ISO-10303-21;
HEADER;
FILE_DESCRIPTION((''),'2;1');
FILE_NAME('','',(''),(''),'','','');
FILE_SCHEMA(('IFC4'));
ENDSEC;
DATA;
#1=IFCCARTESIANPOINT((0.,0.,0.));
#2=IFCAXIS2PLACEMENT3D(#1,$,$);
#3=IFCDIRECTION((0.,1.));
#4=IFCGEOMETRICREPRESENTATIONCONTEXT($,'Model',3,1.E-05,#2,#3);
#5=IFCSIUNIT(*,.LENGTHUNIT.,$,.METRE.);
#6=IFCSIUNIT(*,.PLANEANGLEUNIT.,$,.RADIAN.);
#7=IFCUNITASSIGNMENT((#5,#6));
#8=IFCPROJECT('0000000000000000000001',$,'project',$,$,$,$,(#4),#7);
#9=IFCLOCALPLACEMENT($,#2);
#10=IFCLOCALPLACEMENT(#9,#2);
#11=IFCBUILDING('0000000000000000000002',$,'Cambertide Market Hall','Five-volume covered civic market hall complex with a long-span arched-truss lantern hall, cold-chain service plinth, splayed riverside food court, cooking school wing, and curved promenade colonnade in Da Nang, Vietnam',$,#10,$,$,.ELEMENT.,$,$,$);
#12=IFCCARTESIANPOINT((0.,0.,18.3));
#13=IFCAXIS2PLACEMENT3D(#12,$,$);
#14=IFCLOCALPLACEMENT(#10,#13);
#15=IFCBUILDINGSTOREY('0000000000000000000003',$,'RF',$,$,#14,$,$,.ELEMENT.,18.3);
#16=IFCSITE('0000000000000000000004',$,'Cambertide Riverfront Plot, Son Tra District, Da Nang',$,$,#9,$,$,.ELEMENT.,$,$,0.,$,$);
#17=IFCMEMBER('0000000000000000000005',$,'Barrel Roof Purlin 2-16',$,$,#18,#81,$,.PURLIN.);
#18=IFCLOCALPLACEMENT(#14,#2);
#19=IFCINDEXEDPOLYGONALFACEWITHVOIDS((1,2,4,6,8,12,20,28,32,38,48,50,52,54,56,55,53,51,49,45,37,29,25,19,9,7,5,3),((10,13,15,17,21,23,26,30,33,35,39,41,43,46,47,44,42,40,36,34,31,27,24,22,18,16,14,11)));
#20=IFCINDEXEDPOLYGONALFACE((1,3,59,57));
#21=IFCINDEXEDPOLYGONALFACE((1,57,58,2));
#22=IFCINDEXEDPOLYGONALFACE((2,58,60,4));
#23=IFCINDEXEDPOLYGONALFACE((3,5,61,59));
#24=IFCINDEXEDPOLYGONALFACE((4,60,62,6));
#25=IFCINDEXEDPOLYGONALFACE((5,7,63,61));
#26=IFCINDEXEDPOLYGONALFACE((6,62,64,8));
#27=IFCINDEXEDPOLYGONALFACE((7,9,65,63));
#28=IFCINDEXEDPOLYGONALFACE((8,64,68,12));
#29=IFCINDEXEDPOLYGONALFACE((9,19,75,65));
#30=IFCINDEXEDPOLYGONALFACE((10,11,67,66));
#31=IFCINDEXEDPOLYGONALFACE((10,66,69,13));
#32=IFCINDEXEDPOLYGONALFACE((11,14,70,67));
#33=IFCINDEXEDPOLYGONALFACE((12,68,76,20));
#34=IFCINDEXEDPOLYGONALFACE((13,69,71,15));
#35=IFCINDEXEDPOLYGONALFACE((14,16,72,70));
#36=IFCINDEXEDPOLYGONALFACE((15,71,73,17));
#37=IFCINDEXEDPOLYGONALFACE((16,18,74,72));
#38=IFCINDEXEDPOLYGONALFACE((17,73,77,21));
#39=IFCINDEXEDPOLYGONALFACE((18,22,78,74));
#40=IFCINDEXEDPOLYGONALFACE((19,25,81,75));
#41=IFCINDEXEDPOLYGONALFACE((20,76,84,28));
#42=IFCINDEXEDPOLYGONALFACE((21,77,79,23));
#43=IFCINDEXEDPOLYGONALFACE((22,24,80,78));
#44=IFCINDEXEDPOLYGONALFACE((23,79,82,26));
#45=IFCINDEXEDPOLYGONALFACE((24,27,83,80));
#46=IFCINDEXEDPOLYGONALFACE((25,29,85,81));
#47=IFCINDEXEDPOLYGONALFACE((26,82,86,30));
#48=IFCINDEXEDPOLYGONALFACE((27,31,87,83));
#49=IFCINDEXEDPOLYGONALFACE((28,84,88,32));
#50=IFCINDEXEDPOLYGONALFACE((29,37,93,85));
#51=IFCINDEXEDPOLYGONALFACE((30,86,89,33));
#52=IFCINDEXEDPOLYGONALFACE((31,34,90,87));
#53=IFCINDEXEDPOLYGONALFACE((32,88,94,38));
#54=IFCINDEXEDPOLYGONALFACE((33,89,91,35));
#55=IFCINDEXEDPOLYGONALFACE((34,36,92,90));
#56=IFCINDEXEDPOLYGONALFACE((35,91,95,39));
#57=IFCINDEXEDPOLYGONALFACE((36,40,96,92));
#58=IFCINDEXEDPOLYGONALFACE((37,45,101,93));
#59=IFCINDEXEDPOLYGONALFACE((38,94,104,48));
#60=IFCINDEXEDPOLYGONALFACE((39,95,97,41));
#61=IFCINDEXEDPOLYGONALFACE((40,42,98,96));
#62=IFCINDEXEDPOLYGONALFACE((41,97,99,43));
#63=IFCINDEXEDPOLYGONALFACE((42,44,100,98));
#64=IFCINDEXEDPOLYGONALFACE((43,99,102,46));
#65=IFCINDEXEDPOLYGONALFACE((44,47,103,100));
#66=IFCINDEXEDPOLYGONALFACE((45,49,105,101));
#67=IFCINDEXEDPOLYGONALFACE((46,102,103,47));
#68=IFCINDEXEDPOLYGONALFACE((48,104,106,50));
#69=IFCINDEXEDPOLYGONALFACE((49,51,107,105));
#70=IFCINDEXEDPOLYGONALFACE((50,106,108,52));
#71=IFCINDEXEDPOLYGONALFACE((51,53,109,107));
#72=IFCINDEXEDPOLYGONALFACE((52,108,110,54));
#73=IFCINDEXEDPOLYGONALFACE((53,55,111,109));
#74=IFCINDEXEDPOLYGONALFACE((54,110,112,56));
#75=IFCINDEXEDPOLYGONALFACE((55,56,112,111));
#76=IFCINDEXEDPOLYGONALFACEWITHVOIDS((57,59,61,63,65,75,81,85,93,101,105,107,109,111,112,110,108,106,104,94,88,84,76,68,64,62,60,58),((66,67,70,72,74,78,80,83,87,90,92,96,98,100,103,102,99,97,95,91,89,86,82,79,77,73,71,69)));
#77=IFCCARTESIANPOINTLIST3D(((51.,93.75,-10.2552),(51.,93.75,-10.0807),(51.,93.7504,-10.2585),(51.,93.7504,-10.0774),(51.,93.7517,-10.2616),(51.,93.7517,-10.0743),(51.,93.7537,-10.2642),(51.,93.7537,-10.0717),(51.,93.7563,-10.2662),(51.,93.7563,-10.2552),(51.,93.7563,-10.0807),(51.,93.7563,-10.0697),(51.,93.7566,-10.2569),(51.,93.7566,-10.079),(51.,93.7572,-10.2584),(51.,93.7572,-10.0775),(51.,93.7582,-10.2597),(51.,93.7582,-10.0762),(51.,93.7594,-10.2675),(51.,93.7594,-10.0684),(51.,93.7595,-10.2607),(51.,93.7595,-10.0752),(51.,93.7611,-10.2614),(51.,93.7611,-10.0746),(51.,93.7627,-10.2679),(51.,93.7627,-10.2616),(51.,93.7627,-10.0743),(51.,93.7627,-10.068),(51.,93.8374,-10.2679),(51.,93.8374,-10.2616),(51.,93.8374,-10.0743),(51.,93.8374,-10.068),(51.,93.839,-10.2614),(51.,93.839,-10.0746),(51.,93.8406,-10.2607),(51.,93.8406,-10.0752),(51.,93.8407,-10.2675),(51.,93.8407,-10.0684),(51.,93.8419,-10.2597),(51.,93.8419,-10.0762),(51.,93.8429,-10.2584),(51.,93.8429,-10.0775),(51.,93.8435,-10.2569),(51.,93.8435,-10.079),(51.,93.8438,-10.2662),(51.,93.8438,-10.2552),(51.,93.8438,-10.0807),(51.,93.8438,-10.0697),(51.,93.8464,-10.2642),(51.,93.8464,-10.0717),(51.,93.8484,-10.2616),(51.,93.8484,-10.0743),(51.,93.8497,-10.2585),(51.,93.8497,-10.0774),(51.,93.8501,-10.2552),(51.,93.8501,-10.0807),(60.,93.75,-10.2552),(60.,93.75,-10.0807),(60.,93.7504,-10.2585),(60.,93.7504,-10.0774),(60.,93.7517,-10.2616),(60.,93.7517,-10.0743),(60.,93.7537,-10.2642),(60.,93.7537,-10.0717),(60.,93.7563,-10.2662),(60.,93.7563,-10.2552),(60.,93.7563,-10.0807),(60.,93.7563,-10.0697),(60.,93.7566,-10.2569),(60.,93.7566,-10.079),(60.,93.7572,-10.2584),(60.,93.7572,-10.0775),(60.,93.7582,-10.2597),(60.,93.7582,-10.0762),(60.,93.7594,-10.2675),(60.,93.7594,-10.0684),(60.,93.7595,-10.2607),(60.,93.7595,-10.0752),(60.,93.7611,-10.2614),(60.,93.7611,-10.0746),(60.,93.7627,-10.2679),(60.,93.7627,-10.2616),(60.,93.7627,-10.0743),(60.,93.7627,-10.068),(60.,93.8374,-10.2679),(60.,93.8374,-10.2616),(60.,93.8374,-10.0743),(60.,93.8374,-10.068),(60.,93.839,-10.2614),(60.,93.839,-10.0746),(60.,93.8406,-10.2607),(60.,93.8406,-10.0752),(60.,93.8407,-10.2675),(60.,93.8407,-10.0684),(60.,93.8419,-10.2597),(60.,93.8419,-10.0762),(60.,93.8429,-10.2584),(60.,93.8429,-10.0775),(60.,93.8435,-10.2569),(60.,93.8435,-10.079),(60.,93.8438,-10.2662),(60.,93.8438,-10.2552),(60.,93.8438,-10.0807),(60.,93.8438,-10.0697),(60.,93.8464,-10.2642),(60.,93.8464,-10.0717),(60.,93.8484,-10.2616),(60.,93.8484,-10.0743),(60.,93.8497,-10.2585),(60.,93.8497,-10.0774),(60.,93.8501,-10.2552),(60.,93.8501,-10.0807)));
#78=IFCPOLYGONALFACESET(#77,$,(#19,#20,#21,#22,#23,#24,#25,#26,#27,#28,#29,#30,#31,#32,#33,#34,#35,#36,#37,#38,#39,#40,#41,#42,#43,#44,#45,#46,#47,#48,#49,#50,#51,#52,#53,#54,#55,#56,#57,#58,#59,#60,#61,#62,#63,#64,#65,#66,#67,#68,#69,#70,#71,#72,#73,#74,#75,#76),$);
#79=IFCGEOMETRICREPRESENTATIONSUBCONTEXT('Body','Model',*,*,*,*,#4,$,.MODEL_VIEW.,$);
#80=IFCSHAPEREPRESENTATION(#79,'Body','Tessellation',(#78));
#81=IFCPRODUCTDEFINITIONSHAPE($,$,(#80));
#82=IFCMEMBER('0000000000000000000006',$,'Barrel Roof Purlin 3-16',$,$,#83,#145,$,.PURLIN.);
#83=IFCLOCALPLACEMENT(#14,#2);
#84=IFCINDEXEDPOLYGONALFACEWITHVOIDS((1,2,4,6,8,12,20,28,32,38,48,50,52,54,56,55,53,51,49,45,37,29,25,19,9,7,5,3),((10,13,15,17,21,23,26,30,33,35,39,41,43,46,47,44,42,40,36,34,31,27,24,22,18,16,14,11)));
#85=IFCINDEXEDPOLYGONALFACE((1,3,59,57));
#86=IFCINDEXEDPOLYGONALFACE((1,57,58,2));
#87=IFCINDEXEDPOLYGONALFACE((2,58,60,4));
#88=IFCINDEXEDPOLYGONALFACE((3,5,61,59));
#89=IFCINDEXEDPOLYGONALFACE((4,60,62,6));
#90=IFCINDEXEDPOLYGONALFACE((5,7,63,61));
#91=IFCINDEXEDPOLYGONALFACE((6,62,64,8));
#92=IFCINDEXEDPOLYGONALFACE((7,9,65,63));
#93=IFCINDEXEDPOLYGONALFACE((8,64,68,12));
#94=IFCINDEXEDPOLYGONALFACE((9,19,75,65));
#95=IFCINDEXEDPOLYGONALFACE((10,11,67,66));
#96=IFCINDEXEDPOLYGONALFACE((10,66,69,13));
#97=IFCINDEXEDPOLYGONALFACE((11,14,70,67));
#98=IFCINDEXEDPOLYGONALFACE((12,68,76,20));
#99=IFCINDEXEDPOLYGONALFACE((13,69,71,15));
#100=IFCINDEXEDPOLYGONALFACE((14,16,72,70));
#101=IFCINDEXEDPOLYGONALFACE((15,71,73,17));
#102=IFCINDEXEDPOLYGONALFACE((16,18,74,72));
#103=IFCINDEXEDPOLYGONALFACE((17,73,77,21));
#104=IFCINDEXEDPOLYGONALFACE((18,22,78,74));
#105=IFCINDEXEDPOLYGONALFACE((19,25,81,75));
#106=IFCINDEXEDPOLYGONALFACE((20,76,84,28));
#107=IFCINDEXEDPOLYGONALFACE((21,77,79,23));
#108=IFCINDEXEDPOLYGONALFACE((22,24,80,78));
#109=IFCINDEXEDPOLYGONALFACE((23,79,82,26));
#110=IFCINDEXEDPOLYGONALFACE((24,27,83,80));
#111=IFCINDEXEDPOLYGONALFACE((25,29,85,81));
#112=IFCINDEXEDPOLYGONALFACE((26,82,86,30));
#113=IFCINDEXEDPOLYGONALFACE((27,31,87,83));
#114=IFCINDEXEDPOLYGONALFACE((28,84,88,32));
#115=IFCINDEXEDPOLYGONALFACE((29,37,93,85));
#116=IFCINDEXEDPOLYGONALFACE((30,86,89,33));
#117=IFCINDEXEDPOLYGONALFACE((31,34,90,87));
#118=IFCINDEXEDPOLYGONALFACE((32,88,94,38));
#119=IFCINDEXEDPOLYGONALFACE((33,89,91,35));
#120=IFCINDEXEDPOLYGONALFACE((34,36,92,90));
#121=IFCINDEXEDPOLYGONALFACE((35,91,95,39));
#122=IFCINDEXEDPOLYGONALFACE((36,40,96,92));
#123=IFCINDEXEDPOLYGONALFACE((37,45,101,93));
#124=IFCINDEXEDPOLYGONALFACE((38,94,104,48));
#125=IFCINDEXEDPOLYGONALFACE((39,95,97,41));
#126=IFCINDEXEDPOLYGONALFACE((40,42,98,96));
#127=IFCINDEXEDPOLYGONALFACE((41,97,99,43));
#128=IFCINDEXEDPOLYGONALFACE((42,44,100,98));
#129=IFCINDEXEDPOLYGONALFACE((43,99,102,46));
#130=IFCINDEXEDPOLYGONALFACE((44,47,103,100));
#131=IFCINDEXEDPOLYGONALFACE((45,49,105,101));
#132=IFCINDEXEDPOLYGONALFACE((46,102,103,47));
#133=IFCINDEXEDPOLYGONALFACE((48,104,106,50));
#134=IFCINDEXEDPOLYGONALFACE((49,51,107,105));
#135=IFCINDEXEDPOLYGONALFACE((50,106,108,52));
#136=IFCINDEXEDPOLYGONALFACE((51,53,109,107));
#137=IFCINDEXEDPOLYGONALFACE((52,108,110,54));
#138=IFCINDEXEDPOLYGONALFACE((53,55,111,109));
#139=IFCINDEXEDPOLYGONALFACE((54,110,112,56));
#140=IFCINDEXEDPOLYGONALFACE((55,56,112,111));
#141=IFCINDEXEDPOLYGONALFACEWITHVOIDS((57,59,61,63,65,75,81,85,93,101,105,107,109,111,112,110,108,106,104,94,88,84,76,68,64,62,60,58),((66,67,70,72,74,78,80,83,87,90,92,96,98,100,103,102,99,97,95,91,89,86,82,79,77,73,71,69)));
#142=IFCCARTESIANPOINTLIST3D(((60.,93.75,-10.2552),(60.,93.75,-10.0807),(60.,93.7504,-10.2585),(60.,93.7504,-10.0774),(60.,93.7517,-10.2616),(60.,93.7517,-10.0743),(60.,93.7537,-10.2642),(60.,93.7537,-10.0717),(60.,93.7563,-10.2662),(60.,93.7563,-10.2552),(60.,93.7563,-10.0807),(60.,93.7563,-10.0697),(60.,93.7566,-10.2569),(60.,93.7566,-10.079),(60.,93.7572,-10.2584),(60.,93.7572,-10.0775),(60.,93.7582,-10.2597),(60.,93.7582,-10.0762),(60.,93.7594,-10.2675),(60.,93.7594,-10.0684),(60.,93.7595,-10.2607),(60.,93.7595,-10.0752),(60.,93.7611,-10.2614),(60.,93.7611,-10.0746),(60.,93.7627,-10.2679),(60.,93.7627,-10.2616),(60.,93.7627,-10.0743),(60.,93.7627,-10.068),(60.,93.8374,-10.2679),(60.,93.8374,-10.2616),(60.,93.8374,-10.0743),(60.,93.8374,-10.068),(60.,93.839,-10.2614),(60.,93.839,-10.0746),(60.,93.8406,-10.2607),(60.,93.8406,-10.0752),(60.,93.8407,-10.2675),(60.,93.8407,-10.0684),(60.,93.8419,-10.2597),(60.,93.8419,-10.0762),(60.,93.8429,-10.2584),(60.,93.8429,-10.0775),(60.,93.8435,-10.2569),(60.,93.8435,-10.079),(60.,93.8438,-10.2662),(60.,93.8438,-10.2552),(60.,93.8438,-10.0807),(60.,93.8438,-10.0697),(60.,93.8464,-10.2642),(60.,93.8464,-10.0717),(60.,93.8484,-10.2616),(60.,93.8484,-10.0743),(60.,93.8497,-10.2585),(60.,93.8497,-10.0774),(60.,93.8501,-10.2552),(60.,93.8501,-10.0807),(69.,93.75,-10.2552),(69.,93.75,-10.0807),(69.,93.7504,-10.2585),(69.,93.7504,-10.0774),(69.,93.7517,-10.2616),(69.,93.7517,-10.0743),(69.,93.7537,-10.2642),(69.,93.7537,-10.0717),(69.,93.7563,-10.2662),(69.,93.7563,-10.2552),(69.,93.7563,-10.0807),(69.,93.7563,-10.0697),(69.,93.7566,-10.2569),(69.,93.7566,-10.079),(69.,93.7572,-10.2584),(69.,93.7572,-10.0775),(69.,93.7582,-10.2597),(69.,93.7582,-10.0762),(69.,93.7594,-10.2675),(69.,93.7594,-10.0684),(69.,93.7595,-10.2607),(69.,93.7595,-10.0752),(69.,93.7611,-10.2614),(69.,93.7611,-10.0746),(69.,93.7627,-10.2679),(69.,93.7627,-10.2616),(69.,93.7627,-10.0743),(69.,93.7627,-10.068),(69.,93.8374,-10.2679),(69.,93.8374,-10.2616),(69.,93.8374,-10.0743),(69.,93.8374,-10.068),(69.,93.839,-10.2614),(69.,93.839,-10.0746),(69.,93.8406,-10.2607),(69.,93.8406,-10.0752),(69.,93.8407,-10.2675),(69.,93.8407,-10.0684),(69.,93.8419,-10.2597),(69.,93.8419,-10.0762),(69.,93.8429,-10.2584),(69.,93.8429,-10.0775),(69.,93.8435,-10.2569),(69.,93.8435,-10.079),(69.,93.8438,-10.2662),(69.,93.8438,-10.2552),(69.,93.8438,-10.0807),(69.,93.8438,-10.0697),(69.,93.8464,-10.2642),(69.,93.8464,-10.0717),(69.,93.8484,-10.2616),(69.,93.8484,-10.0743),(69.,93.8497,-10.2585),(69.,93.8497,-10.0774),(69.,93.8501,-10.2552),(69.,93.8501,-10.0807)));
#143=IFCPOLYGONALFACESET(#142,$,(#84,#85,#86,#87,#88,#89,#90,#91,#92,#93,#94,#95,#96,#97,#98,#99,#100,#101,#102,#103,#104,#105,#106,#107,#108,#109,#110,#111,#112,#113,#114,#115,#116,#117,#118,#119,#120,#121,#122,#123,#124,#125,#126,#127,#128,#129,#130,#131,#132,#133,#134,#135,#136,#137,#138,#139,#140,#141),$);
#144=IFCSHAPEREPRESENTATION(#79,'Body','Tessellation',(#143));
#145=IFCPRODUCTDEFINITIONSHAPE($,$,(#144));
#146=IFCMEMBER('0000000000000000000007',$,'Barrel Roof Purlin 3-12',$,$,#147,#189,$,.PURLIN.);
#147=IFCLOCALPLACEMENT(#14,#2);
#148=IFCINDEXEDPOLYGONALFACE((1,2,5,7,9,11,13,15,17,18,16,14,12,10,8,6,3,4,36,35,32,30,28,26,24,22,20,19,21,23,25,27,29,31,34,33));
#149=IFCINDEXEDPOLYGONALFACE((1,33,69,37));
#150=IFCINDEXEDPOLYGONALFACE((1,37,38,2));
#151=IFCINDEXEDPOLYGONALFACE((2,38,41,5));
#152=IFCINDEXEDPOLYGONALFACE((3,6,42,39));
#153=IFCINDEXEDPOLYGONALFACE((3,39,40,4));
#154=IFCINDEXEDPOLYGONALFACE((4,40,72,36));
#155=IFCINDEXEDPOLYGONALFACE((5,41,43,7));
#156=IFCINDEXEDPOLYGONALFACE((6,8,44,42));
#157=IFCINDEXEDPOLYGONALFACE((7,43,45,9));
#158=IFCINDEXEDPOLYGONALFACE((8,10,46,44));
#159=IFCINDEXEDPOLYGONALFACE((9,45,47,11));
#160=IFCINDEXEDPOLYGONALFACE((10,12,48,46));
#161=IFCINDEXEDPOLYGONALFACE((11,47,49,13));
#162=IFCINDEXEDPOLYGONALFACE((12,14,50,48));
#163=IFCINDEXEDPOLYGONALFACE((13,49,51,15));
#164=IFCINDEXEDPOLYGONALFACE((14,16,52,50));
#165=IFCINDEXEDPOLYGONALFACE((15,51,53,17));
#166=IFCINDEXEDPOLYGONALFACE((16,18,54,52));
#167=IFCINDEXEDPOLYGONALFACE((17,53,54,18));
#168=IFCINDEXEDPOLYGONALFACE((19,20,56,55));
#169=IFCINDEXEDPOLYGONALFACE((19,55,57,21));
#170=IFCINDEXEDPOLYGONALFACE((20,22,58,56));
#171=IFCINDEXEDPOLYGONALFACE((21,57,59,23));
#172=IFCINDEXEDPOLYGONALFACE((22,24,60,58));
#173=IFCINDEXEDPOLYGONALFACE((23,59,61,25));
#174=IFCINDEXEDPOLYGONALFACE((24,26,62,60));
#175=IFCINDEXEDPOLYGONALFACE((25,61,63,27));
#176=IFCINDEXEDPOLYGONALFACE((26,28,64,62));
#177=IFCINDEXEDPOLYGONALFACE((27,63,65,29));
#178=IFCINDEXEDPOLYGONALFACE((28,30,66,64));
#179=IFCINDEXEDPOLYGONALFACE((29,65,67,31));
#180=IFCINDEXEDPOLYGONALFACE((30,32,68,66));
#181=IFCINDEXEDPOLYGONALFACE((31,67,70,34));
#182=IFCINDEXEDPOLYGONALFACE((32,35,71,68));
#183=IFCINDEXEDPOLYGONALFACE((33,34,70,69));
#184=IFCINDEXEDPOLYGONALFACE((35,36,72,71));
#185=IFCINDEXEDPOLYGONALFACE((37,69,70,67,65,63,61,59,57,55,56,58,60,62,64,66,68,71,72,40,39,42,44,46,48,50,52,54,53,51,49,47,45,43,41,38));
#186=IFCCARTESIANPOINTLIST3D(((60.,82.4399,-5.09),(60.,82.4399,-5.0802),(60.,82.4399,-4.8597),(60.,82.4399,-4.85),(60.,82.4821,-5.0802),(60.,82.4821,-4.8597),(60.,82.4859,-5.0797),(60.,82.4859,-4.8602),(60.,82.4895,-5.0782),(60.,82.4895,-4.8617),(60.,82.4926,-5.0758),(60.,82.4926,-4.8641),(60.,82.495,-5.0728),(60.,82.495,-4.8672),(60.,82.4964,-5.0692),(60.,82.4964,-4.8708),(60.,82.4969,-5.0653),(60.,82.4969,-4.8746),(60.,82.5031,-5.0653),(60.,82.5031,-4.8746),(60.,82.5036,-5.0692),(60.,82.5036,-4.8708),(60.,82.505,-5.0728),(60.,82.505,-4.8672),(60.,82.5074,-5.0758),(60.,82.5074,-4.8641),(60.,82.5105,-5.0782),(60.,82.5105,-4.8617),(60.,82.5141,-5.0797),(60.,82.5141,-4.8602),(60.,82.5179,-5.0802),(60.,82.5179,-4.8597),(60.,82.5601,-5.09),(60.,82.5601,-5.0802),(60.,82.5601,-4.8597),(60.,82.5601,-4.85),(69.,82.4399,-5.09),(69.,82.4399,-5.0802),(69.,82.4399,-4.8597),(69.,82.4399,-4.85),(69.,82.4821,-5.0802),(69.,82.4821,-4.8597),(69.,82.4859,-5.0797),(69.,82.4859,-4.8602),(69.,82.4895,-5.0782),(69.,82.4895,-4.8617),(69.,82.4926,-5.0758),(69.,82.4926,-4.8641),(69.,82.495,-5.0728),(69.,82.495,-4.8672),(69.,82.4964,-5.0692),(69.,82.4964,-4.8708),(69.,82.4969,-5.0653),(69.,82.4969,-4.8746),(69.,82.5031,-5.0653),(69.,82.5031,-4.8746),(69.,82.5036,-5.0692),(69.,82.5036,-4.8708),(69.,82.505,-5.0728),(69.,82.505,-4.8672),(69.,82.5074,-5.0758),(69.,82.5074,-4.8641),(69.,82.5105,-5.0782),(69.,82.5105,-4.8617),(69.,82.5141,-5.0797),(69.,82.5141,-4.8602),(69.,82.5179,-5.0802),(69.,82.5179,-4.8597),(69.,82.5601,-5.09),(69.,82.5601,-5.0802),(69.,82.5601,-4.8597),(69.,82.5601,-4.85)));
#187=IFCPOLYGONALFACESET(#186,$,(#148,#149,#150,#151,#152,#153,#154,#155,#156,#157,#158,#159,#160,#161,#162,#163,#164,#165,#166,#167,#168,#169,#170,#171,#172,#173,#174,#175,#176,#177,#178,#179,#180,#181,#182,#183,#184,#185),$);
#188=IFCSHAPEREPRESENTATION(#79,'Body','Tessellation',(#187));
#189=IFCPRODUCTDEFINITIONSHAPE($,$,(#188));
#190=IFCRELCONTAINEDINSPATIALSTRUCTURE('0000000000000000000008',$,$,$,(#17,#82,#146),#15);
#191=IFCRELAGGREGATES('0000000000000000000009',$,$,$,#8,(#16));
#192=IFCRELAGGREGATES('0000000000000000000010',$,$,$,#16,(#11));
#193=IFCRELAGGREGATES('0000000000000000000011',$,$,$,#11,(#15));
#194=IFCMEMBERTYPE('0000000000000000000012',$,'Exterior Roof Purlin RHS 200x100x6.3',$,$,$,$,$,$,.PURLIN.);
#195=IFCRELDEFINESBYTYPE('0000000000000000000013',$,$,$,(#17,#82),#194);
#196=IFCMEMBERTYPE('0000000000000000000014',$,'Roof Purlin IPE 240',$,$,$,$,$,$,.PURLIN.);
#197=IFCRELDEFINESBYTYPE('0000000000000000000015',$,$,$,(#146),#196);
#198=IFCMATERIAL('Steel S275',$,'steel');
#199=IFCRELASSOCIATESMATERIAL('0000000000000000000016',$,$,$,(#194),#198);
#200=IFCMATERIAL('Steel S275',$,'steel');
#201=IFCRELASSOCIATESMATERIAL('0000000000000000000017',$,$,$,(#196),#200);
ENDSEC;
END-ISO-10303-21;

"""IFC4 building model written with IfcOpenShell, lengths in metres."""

from ifc_helpers import new_model, si_unit, direction, frame, origin, origin_2d, place, context, subcontext, project, spatial, hollow_rectangle, i_section, extrude, material, material_profile, profile_set, type_object, element, save


model = new_model("IFC4")

# Units and contexts
model_context = context("Model", 3, precision=1e-05, world=origin(), true_north=direction((0.0, 1.0)))
body_context = subcontext(model_context, "Body", "Model", "MODEL_VIEW")
ifc_project = project(units=[si_unit("LENGTHUNIT", "METRE"), si_unit("PLANEANGLEUNIT", "RADIAN")], contexts=[model_context])

# Site, building, storey
site_placement = place(None, origin())
site = spatial("IfcSite", under=ifc_project, at=site_placement, Name="Cambertide Riverfront Plot, Son Tra District, Da Nang", CompositionType="ELEMENT", RefElevation=0.0)
building_placement = place(site_placement, origin())
building = spatial("IfcBuilding", under=site, at=building_placement, Name="Cambertide Market Hall", Description="Five-volume covered civic market hall complex with a long-span arched-truss lantern hall, cold-chain service plinth, splayed riverside food court, cooking school wing, and curved promenade colonnade in Da Nang, Vietnam", CompositionType="ELEMENT")
storey_placement = place(building_placement, frame((0.0, 0.0, 18.3)))
storey = spatial("IfcBuildingStorey", under=building, at=storey_placement, Name="RF", CompositionType="ELEMENT", Elevation=18.3)

# Members
ifc_material_1 = material(Name="Steel S275", Category="steel")
ifc_material_profile_1 = material_profile(ifc_material_1, hollow_rectangle(XDim=0.1001, YDim=0.2, WallThickness=0.0063, InnerFilletRadius=0.0063, OuterFilletRadius=0.0127, at=origin_2d()), Name="RHS 200x100x6.3")
ifc_profile_set_1 = profile_set([ifc_material_profile_1], Name="Steel S275")
member_type_1 = type_object("IfcMemberType", Name="Exterior Roof Purlin RHS 200x100x6.3", PredefinedType="PURLIN", material=ifc_profile_set_1)
for number, where, z_axis, x_axis, name in (
    (1, (51.0, 93.8, -10.168), (1.0, 0.0, 0.0), (0.0, 1.0, 0.0), "Barrel Roof Purlin 2-16"),
    (2, (60.0, 93.8, -10.168), (1.0, 0.0, 0.0), (0.0, 1.0, 0.0), "Barrel Roof Purlin 3-16"),
):
    element("IfcMember", number, at=place(storey_placement, frame(where, z_axis=z_axis, x_axis=x_axis)), inside=storey, type_object=member_type_1, Name=name, PredefinedType="PURLIN", context=body_context, shape_type="SweptSolid", body=[
        extrude(hollow_rectangle(XDim=0.1001, YDim=0.2, WallThickness=0.0063, InnerFilletRadius=0.0063, OuterFilletRadius=0.0127, at=origin_2d()), origin(), (0.0, 0.0, 1.0), 9.0),
    ])
ifc_material_2 = material(Name="Steel S275", Category="steel")
ifc_material_profile_2 = material_profile(ifc_material_2, i_section(OverallWidth=0.1201, OverallDepth=0.24, WebThickness=0.0061, FlangeThickness=0.0098, FilletRadius=0.0149, at=origin_2d()), Name="IPE 240")
ifc_profile_set_2 = profile_set([ifc_material_profile_2], Name="Steel S275")
member_type_2 = type_object("IfcMemberType", Name="Roof Purlin IPE 240", PredefinedType="PURLIN", material=ifc_profile_set_2)
for number, where, z_axis, x_axis, name in (
    (3, (60.0, 82.5, -4.97), (1.0, 0.0, 0.0), (0.0, 1.0, 0.0), "Barrel Roof Purlin 3-12"),
):
    element("IfcMember", number, at=place(storey_placement, frame(where, z_axis=z_axis, x_axis=x_axis)), inside=storey, type_object=member_type_2, Name=name, PredefinedType="PURLIN", context=body_context, shape_type="SweptSolid", body=[
        extrude(i_section(OverallWidth=0.1201, OverallDepth=0.24, WebThickness=0.0061, FlangeThickness=0.0098, FilletRadius=0.0149, at=origin_2d()), origin(), (0.0, 0.0, 1.0), 9.0),
    ])

save(model, "model.ifc")
